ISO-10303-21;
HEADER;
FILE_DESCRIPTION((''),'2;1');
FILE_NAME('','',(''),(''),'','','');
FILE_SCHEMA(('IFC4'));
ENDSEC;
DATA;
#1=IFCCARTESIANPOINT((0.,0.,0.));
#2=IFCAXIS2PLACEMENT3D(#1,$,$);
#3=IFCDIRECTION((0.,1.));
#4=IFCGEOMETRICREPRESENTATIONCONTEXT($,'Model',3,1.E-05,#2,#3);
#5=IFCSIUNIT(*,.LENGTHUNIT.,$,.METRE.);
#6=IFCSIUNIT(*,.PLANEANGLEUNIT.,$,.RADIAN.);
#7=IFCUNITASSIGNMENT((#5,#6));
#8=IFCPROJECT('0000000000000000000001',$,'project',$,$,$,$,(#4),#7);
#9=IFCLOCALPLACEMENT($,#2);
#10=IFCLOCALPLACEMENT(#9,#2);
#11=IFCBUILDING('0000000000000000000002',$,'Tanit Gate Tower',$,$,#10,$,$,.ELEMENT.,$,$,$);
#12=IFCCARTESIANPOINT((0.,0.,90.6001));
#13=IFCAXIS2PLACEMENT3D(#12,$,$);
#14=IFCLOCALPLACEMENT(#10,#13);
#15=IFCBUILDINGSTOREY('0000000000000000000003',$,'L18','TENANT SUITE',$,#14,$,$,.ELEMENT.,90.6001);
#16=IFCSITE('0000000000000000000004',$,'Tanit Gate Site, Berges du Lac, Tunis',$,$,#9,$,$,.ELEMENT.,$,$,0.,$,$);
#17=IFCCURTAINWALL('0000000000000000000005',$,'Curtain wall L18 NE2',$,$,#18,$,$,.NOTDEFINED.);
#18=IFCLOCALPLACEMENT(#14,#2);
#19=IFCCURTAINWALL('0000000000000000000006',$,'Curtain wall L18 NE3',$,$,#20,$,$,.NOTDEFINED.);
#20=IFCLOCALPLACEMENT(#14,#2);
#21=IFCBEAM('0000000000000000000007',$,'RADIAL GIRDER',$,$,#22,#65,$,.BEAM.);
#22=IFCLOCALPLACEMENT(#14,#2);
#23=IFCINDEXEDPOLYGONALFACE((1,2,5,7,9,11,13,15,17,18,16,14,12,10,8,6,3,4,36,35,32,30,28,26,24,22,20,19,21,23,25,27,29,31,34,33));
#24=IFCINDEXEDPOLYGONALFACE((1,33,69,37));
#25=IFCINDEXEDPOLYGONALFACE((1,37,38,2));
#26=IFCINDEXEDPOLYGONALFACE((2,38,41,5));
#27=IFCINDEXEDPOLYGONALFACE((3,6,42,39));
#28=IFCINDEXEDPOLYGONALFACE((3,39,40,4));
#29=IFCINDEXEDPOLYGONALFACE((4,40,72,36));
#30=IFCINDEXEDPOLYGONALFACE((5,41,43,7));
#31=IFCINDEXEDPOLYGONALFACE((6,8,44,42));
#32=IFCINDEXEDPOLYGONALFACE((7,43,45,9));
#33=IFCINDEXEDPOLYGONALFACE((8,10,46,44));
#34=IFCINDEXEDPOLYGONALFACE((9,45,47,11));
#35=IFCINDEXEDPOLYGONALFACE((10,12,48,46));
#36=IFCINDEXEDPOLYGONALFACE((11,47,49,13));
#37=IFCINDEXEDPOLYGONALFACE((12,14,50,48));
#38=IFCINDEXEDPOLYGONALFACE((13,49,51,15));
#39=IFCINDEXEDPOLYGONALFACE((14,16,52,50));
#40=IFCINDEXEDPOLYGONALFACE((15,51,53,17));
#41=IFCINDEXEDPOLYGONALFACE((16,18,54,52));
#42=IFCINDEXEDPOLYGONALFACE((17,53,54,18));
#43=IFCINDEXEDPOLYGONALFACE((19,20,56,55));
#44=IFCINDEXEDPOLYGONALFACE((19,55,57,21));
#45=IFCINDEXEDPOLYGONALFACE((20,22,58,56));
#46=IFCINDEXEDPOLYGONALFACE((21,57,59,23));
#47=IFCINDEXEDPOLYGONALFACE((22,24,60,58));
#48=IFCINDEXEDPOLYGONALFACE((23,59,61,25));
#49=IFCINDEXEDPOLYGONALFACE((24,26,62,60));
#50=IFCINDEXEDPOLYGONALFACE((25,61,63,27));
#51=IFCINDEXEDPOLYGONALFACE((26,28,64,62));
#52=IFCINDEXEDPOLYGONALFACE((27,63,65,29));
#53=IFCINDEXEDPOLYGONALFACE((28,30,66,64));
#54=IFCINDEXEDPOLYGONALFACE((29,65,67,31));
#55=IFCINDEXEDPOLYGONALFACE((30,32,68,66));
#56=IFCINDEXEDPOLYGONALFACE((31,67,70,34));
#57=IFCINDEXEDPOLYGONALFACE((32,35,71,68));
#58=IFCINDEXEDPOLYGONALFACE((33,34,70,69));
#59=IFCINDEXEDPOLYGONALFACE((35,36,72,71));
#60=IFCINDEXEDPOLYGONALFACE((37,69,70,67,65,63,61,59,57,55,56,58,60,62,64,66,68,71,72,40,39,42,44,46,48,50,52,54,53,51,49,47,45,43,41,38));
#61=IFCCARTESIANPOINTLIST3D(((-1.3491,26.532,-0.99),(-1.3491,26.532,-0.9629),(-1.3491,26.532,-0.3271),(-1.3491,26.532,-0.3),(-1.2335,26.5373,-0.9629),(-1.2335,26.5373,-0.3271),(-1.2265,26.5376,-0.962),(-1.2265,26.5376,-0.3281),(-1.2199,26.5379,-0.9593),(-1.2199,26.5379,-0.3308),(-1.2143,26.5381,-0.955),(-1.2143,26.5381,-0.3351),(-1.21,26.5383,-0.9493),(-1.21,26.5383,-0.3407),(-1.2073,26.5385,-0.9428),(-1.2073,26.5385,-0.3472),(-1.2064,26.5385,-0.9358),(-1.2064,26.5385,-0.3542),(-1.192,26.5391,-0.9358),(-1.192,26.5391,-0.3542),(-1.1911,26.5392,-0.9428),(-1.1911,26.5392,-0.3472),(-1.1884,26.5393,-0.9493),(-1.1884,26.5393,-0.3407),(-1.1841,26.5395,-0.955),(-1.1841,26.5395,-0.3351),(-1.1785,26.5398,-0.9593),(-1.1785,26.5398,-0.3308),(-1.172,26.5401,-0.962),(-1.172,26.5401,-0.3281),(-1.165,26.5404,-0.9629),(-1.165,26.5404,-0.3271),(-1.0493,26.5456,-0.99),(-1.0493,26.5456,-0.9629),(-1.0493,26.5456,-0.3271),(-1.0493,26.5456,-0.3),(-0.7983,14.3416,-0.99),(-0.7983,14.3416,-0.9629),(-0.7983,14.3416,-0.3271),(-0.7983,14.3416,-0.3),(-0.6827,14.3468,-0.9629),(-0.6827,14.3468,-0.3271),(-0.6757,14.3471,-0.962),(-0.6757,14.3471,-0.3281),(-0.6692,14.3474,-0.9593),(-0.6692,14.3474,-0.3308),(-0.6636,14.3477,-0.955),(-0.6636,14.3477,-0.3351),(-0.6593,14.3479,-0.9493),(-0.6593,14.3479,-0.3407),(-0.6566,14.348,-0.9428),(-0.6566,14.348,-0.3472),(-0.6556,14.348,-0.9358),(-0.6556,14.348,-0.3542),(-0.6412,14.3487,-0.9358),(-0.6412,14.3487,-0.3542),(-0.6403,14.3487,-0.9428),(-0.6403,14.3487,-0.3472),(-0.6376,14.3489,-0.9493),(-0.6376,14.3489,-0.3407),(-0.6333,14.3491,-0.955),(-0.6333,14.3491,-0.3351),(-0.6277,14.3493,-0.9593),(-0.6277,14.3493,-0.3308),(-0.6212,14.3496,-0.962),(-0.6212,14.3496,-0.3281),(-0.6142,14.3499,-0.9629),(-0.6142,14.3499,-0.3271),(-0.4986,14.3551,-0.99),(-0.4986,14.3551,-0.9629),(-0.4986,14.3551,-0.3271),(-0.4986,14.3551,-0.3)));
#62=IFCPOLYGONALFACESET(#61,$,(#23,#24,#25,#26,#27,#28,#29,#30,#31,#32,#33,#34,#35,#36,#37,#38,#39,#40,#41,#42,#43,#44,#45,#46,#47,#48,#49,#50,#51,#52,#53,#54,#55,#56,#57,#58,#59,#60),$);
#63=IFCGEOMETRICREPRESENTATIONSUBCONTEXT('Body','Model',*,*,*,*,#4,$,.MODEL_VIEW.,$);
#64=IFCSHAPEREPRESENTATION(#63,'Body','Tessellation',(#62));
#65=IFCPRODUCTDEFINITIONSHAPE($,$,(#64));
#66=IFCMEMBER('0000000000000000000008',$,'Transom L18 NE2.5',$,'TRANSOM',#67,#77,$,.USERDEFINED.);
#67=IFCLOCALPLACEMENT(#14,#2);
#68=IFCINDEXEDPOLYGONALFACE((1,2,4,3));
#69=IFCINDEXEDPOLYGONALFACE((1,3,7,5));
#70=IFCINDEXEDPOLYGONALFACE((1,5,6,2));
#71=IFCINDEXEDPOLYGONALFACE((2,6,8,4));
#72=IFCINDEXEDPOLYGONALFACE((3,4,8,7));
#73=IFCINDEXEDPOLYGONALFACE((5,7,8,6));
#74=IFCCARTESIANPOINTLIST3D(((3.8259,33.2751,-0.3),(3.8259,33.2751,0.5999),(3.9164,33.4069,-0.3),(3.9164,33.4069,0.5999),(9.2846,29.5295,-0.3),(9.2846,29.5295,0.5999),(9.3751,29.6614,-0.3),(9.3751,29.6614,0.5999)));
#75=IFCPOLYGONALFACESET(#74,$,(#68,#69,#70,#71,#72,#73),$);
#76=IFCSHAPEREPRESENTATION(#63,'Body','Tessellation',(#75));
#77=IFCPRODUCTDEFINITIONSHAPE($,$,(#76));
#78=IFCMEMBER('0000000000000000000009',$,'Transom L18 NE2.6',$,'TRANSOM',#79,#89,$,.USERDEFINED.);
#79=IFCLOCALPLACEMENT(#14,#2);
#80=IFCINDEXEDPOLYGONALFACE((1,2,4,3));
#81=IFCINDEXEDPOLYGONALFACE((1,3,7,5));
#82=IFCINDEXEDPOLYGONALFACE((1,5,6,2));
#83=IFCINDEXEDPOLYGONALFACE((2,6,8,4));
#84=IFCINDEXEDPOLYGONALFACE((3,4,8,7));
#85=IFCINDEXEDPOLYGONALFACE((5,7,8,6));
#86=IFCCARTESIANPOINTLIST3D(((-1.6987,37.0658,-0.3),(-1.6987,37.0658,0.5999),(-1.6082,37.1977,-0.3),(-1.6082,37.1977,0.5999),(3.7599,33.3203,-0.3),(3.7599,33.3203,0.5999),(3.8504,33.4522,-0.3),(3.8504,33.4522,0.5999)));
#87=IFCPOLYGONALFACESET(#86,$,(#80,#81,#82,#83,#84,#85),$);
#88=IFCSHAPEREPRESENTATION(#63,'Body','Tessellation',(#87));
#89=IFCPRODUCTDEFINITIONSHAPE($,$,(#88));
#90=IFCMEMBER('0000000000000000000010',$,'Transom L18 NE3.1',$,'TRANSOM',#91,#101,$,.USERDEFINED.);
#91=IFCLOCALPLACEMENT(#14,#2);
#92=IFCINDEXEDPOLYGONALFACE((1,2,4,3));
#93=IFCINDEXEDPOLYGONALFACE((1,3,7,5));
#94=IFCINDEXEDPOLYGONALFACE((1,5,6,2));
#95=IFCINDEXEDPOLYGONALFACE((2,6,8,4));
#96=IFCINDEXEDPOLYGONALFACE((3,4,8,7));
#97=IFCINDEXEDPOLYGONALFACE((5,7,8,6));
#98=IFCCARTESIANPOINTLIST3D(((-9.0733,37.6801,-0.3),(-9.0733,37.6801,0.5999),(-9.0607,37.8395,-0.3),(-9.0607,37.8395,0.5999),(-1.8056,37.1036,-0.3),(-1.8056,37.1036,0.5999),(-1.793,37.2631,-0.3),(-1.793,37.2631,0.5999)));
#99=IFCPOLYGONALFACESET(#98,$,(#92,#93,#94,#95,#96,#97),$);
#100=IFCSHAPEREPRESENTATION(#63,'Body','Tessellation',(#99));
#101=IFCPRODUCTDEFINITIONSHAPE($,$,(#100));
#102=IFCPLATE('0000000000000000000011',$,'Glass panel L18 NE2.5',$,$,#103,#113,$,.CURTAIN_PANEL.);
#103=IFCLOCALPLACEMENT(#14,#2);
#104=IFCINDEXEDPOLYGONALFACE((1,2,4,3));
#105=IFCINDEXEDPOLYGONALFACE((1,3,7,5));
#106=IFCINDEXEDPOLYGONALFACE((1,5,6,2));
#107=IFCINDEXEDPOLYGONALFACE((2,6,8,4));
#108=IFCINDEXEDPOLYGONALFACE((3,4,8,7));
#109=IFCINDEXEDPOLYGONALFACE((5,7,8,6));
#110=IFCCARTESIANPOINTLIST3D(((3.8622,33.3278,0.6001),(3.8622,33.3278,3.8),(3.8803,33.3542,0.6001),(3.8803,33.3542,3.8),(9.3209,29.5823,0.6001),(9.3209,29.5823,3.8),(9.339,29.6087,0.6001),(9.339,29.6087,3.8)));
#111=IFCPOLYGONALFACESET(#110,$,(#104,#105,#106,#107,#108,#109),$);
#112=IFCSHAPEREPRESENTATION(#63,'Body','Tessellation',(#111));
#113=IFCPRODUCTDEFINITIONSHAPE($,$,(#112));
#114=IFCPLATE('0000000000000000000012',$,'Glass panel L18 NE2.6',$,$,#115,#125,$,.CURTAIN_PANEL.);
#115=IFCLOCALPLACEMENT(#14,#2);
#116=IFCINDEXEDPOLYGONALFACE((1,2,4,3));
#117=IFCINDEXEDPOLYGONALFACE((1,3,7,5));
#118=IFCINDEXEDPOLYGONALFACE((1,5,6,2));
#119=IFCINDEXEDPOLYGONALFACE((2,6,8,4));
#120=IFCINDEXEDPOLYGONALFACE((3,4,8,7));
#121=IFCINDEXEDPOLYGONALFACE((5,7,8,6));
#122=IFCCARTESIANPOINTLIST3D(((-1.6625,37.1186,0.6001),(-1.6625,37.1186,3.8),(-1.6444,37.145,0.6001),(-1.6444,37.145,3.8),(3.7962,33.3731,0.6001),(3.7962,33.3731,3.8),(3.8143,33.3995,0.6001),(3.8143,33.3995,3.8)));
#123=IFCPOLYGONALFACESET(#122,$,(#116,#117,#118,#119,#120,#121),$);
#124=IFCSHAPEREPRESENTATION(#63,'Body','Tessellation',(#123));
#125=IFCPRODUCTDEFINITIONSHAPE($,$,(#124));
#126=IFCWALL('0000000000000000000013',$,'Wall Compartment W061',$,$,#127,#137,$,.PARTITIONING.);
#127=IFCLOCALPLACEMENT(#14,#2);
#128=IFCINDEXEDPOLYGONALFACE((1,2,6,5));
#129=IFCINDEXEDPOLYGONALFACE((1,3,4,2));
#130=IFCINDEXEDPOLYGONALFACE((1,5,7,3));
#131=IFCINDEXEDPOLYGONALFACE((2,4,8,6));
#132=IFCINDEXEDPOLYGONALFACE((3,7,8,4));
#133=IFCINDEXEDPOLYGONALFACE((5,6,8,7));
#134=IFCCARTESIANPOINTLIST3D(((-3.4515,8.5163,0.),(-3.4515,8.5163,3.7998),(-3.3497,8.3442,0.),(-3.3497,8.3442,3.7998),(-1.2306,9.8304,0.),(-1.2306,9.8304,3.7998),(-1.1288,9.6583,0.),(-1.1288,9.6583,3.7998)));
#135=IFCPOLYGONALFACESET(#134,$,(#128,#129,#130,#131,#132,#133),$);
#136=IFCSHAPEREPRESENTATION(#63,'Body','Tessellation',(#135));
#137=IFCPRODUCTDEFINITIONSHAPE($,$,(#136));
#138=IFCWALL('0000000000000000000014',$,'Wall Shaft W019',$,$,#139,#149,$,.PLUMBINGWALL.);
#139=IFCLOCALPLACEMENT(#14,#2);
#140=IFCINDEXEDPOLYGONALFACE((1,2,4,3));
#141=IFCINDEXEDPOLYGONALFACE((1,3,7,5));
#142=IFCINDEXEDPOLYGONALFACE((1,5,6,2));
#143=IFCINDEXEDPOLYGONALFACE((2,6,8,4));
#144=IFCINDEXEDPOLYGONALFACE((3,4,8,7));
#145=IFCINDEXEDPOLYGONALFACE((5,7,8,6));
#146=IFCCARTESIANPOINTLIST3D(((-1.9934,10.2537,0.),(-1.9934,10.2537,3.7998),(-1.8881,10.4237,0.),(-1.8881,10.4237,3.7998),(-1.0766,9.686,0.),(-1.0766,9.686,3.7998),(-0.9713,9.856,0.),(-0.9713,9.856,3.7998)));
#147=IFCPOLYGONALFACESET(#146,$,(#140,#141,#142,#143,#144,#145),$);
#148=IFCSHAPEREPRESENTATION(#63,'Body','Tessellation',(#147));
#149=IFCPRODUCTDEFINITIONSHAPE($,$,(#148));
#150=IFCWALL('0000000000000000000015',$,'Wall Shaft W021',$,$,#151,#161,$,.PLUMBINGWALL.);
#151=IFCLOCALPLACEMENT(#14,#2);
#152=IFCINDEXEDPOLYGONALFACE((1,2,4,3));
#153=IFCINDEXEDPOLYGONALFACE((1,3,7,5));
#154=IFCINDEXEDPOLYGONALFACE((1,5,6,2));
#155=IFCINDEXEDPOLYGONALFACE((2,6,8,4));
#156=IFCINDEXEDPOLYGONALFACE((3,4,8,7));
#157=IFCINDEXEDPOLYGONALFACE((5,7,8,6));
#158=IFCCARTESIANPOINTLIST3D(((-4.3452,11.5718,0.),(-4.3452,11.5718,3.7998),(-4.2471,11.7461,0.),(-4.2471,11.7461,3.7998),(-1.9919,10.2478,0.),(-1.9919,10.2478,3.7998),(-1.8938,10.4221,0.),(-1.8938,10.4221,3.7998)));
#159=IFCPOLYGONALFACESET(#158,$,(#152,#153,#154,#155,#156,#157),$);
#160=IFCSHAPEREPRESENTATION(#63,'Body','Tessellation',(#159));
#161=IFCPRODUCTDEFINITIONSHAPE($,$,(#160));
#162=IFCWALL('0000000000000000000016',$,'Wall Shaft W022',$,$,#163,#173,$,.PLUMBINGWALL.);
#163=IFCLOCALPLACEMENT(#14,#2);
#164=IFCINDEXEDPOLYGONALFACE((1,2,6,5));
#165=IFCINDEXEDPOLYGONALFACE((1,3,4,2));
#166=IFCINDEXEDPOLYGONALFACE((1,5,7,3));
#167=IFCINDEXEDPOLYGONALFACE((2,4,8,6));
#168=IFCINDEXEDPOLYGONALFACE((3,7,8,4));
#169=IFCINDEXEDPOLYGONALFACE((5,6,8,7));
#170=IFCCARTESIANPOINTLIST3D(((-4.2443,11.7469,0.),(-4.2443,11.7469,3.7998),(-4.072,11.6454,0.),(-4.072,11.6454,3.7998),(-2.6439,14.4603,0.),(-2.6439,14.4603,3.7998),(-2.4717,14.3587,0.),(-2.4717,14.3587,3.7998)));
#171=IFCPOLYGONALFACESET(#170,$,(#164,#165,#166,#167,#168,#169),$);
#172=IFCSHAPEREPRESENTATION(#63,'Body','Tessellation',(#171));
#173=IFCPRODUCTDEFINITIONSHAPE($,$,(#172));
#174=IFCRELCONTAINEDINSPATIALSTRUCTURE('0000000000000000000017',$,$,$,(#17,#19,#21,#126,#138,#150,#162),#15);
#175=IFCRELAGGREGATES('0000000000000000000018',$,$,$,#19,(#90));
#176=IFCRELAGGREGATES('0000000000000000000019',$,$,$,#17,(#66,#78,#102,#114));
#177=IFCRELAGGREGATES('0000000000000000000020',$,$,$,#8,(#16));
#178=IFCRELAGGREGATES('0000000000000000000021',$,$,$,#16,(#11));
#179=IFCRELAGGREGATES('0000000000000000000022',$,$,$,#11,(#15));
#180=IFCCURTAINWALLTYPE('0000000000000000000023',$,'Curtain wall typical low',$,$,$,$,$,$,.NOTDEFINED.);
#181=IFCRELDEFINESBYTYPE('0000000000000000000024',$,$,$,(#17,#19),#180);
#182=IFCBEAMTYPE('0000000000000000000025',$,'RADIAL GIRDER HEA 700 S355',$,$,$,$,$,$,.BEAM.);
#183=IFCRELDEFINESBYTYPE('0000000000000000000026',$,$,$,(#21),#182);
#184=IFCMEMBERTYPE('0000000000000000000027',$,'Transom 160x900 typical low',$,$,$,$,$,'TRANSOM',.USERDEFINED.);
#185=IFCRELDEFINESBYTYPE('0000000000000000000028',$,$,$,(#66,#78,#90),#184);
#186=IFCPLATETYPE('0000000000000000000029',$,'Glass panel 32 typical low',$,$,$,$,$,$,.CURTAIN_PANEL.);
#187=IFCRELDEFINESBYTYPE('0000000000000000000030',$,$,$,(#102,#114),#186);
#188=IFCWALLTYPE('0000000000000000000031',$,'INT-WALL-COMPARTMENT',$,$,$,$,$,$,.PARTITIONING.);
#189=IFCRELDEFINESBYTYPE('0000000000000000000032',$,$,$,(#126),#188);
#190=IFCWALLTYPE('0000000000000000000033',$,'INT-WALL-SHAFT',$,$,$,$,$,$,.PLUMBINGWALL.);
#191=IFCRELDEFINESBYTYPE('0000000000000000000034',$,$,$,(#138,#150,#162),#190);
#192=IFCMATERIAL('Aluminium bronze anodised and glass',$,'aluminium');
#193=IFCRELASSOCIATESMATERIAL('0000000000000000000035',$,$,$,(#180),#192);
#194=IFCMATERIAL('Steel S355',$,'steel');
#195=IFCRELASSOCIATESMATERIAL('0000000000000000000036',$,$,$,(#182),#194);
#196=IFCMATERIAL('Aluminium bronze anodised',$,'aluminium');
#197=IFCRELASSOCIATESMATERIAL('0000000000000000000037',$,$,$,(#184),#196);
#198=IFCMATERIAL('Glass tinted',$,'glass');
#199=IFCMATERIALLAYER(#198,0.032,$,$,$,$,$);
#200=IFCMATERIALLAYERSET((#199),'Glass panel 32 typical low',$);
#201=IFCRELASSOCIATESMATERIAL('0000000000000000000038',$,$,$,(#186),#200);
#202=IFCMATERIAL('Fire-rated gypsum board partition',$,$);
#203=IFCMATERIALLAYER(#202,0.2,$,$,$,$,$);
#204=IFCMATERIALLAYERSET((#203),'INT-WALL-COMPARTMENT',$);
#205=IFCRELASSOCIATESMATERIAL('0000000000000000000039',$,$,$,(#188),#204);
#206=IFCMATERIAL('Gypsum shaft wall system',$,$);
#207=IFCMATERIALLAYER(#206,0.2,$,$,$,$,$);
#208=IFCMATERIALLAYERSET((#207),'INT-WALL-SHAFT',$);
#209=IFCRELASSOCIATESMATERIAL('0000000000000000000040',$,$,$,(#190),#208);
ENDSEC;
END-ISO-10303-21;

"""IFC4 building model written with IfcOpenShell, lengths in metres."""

from ifc_helpers import new_model, si_unit, direction, frame, frame_2d, origin, origin_2d, place, context, subcontext, project, spatial, rectangle, i_section, extrude, material, layer, layer_set, material_profile, profile_set, type_object, element, aggregate, save


model = new_model("IFC4")

# Units and contexts
model_context = context("Model", 3, precision=1e-05, world=origin(), true_north=direction((0.0, 1.0)))
body_context = subcontext(model_context, "Body", "Model", "MODEL_VIEW")
ifc_project = project(units=[si_unit("LENGTHUNIT", "METRE"), si_unit("PLANEANGLEUNIT", "RADIAN")], contexts=[model_context])

# Site, building, storey
site_placement = place(None, origin())
site = spatial("IfcSite", under=ifc_project, at=site_placement, Name="Tanit Gate Site, Berges du Lac, Tunis", CompositionType="ELEMENT", RefElevation=0.0)
building_placement = place(site_placement, origin())
building = spatial("IfcBuilding", under=site, at=building_placement, Name="Tanit Gate Tower", CompositionType="ELEMENT")
storey_placement = place(building_placement, frame((0.0, 0.0, 90.6001)))
storey = spatial("IfcBuildingStorey", under=building, at=storey_placement, Name="L18", Description="TENANT SUITE", CompositionType="ELEMENT", Elevation=90.6001)

# Curtain wall
ifc_material_1 = material(Name="Aluminium bronze anodised and glass", Category="aluminium")
curtain_wall_type = type_object("IfcCurtainWallType", Name="Curtain wall typical low", PredefinedType="NOTDEFINED", material=ifc_material_1)
curtain_wall_1_placement = place(storey_placement, origin())
curtain_wall_1 = element("IfcCurtainWall", 1, at=curtain_wall_1_placement, inside=storey, type_object=curtain_wall_type, Name="Curtain wall L18 NE2", PredefinedType="NOTDEFINED")

# Curtain wall
curtain_wall_2_placement = place(storey_placement, origin())
curtain_wall_2 = element("IfcCurtainWall", 2, at=curtain_wall_2_placement, inside=storey, type_object=curtain_wall_type, Name="Curtain wall L18 NE3", PredefinedType="NOTDEFINED")

# Beam
ifc_material_2 = material(Name="Steel S355", Category="steel")
ifc_material_profile_1 = material_profile(ifc_material_2, i_section(OverallWidth=0.3, OverallDepth=0.6899, WebThickness=0.0144, FlangeThickness=0.0271, FilletRadius=0.0271, at=origin_2d()), Name="HEA 700")
ifc_profile_set_1 = profile_set([ifc_material_profile_1], Name="Steel S355")
beam_type = type_object("IfcBeamType", Name="RADIAL GIRDER HEA 700 S355", PredefinedType="BEAM", material=ifc_profile_set_1)
beam_1_placement = place(storey_placement, frame((-1.1992, 26.5388, -0.645), z_axis=(0.045135, -0.998981, 0.0), x_axis=(0.998981, 0.045135, 0.0)))
element("IfcBeam", 3, at=beam_1_placement, inside=storey, type_object=beam_type, Name="RADIAL GIRDER", PredefinedType="BEAM", context=body_context, shape_type="SweptSolid", body=[
    extrude(i_section(OverallWidth=0.3, OverallDepth=0.6899, WebThickness=0.0144, FlangeThickness=0.0271, FilletRadius=0.0271, at=origin_2d()), origin(), (0.0, 0.0, 1.0), 12.2029),
])

# Members
ifc_material_3 = material(Name="Aluminium bronze anodised", Category="aluminium")
ifc_material_profile_2 = material_profile(ifc_material_3, rectangle(XDim=0.1599, YDim=0.8999, at=origin_2d()), Name="160x900 bronze transom")
ifc_profile_set_2 = profile_set([ifc_material_profile_2], Name="Aluminium bronze anodised")
member_type_1 = type_object("IfcMemberType", Name="Transom 160x900 typical low", ElementType="TRANSOM", PredefinedType="USERDEFINED", material=ifc_profile_set_2)
member_1_placement = place(storey_placement, frame((9.3298, 29.5955, 0.1499), z_axis=(-0.824555, 0.565782, 0.0), x_axis=(-0.565782, -0.824555, 0.0)))
member_1 = element("IfcMember", 4, at=member_1_placement, type_object=member_type_1, Name="Transom L18 NE2.5", ObjectType="TRANSOM", PredefinedType="USERDEFINED", context=body_context, shape_type="SweptSolid", body=[
    extrude(rectangle(XDim=0.1599, YDim=0.8999, at=origin_2d()), origin(), (0.0, 0.0, 1.0), 6.6201),
])
member_2_placement = place(storey_placement, frame((3.8052, 33.3862, 0.1499), z_axis=(-0.824555, 0.565782, 0.0), x_axis=(-0.565782, -0.824555, 0.0)))
member_2 = element("IfcMember", 5, at=member_2_placement, type_object=member_type_1, Name="Transom L18 NE2.6", ObjectType="TRANSOM", PredefinedType="USERDEFINED", context=body_context, shape_type="SweptSolid", body=[
    extrude(rectangle(XDim=0.1599, YDim=0.8999, at=origin_2d()), origin(), (0.0, 0.0, 1.0), 6.6201),
])
member_3_placement = place(storey_placement, frame((-1.7993, 37.1833, 0.1499), z_axis=(-0.99687, 0.079062, 0.0), x_axis=(-0.079062, -0.99687, 0.0)))
member_3 = element("IfcMember", 6, at=member_3_placement, type_object=member_type_1, Name="Transom L18 NE3.1", ObjectType="TRANSOM", PredefinedType="USERDEFINED", context=body_context, shape_type="SweptSolid", body=[
    extrude(rectangle(XDim=0.1599, YDim=0.8999, at=origin_2d()), origin(), (0.0, 0.0, 1.0), 7.2905),
])
aggregate(curtain_wall_2, [member_3])

# Plates
ifc_material_4 = material(Name="Glass tinted", Category="glass")
ifc_layer_1 = layer(ifc_material_4, 0.032)
ifc_layer_set_1 = layer_set([ifc_layer_1], Name="Glass panel 32 typical low")
plate_type = type_object("IfcPlateType", Name="Glass panel 32 typical low", PredefinedType="CURTAIN_PANEL", material=ifc_layer_set_1)
plate_1_placement = place(storey_placement, frame((6.6006, 31.4683, 0.6001), z_axis=(0.0, 0.0, 1.0), x_axis=(-0.824557, 0.56578, 0.0)))
plate_1 = element("IfcPlate", 7, at=plate_1_placement, type_object=plate_type, Name="Glass panel L18 NE2.5", PredefinedType="CURTAIN_PANEL", context=body_context, shape_type="SweptSolid", body=[
    extrude(rectangle(XDim=6.6201, YDim=0.032, at=origin_2d()), origin(), (0.0, 0.0, 1.0), 3.2),
])
plate_2_placement = place(storey_placement, frame((1.0759, 35.259, 0.6001), z_axis=(0.0, 0.0, 1.0), x_axis=(-0.824557, 0.56578, 0.0)))
plate_2 = element("IfcPlate", 8, at=plate_2_placement, type_object=plate_type, Name="Glass panel L18 NE2.6", PredefinedType="CURTAIN_PANEL", context=body_context, shape_type="SweptSolid", body=[
    extrude(rectangle(XDim=6.6201, YDim=0.032, at=origin_2d()), origin(), (0.0, 0.0, 1.0), 3.2),
])
aggregate(curtain_wall_1, [member_1, member_2, plate_1, plate_2])

# Walls
ifc_material_5 = material(Name="Fire-rated gypsum board partition")
ifc_layer_2 = layer(ifc_material_5, 0.2)
ifc_layer_set_2 = layer_set([ifc_layer_2], Name="INT-WALL-COMPARTMENT")
wall_type_1 = type_object("IfcWallType", Name="INT-WALL-COMPARTMENT", PredefinedType="PARTITIONING", material=ifc_layer_set_2)
wall_1_placement = place(storey_placement, frame((-1.1797, 9.7444, 0.0), z_axis=(0.0, 0.0, 1.0), x_axis=(-0.860616, -0.509255, 0.0)))
element("IfcWall", 9, at=wall_1_placement, inside=storey, type_object=wall_type_1, Name="Wall Compartment W061", PredefinedType="PARTITIONING", context=body_context, shape_type="SweptSolid", body=[
    extrude(rectangle(XDim=2.5806, YDim=0.2, at=frame_2d((1.2903, 0.0))), origin(), (0.0, 0.0, 1.0), 3.7998),
])
ifc_material_6 = material(Name="Gypsum shaft wall system")
ifc_layer_3 = layer(ifc_material_6, 0.2)
ifc_layer_set_3 = layer_set([ifc_layer_3], Name="INT-WALL-SHAFT")
wall_type_2 = type_object("IfcWallType", Name="INT-WALL-SHAFT", PredefinedType="PLUMBINGWALL", material=ifc_layer_set_3)
wall_2_placement = place(storey_placement, frame((-1.9407, 10.3386, 0.0), z_axis=(0.0, 0.0, 1.0), x_axis=(0.850217, -0.526433, 0.0)))
element("IfcWall", 10, at=wall_2_placement, inside=storey, type_object=wall_type_2, Name="Wall Shaft W019", PredefinedType="PLUMBINGWALL", context=body_context, shape_type="SweptSolid", body=[
    extrude(rectangle(XDim=1.0784, YDim=0.2, at=frame_2d((0.5391, 0.0))), origin(), (0.0, 0.0, 1.0), 3.7998),
])
wall_3_placement = place(storey_placement, frame((-4.2961, 11.6589, 0.0), z_axis=(0.0, 0.0, 1.0), x_axis=(0.871534, -0.490334, 0.0)))
element("IfcWall", 11, at=wall_3_placement, inside=storey, type_object=wall_type_2, Name="Wall Shaft W021", PredefinedType="PLUMBINGWALL", context=body_context, shape_type="SweptSolid", body=[
    extrude(rectangle(XDim=2.7002, YDim=0.2, at=frame_2d((1.3501, 0.0))), origin(), (0.0, 0.0, 1.0), 3.7998),
])
wall_4_placement = place(storey_placement, frame((-4.1582, 11.696, 0.0), z_axis=(0.0, 0.0, 1.0), x_axis=(0.508019, 0.861346, 0.0)))
element("IfcWall", 12, at=wall_4_placement, inside=storey, type_object=wall_type_2, Name="Wall Shaft W022", PredefinedType="PLUMBINGWALL", context=body_context, shape_type="SweptSolid", body=[
    extrude(rectangle(XDim=3.1501, YDim=0.2, at=frame_2d((1.5752, 0.0))), origin(), (0.0, 0.0, 1.0), 3.7998),
])

save(model, "model.ifc")
